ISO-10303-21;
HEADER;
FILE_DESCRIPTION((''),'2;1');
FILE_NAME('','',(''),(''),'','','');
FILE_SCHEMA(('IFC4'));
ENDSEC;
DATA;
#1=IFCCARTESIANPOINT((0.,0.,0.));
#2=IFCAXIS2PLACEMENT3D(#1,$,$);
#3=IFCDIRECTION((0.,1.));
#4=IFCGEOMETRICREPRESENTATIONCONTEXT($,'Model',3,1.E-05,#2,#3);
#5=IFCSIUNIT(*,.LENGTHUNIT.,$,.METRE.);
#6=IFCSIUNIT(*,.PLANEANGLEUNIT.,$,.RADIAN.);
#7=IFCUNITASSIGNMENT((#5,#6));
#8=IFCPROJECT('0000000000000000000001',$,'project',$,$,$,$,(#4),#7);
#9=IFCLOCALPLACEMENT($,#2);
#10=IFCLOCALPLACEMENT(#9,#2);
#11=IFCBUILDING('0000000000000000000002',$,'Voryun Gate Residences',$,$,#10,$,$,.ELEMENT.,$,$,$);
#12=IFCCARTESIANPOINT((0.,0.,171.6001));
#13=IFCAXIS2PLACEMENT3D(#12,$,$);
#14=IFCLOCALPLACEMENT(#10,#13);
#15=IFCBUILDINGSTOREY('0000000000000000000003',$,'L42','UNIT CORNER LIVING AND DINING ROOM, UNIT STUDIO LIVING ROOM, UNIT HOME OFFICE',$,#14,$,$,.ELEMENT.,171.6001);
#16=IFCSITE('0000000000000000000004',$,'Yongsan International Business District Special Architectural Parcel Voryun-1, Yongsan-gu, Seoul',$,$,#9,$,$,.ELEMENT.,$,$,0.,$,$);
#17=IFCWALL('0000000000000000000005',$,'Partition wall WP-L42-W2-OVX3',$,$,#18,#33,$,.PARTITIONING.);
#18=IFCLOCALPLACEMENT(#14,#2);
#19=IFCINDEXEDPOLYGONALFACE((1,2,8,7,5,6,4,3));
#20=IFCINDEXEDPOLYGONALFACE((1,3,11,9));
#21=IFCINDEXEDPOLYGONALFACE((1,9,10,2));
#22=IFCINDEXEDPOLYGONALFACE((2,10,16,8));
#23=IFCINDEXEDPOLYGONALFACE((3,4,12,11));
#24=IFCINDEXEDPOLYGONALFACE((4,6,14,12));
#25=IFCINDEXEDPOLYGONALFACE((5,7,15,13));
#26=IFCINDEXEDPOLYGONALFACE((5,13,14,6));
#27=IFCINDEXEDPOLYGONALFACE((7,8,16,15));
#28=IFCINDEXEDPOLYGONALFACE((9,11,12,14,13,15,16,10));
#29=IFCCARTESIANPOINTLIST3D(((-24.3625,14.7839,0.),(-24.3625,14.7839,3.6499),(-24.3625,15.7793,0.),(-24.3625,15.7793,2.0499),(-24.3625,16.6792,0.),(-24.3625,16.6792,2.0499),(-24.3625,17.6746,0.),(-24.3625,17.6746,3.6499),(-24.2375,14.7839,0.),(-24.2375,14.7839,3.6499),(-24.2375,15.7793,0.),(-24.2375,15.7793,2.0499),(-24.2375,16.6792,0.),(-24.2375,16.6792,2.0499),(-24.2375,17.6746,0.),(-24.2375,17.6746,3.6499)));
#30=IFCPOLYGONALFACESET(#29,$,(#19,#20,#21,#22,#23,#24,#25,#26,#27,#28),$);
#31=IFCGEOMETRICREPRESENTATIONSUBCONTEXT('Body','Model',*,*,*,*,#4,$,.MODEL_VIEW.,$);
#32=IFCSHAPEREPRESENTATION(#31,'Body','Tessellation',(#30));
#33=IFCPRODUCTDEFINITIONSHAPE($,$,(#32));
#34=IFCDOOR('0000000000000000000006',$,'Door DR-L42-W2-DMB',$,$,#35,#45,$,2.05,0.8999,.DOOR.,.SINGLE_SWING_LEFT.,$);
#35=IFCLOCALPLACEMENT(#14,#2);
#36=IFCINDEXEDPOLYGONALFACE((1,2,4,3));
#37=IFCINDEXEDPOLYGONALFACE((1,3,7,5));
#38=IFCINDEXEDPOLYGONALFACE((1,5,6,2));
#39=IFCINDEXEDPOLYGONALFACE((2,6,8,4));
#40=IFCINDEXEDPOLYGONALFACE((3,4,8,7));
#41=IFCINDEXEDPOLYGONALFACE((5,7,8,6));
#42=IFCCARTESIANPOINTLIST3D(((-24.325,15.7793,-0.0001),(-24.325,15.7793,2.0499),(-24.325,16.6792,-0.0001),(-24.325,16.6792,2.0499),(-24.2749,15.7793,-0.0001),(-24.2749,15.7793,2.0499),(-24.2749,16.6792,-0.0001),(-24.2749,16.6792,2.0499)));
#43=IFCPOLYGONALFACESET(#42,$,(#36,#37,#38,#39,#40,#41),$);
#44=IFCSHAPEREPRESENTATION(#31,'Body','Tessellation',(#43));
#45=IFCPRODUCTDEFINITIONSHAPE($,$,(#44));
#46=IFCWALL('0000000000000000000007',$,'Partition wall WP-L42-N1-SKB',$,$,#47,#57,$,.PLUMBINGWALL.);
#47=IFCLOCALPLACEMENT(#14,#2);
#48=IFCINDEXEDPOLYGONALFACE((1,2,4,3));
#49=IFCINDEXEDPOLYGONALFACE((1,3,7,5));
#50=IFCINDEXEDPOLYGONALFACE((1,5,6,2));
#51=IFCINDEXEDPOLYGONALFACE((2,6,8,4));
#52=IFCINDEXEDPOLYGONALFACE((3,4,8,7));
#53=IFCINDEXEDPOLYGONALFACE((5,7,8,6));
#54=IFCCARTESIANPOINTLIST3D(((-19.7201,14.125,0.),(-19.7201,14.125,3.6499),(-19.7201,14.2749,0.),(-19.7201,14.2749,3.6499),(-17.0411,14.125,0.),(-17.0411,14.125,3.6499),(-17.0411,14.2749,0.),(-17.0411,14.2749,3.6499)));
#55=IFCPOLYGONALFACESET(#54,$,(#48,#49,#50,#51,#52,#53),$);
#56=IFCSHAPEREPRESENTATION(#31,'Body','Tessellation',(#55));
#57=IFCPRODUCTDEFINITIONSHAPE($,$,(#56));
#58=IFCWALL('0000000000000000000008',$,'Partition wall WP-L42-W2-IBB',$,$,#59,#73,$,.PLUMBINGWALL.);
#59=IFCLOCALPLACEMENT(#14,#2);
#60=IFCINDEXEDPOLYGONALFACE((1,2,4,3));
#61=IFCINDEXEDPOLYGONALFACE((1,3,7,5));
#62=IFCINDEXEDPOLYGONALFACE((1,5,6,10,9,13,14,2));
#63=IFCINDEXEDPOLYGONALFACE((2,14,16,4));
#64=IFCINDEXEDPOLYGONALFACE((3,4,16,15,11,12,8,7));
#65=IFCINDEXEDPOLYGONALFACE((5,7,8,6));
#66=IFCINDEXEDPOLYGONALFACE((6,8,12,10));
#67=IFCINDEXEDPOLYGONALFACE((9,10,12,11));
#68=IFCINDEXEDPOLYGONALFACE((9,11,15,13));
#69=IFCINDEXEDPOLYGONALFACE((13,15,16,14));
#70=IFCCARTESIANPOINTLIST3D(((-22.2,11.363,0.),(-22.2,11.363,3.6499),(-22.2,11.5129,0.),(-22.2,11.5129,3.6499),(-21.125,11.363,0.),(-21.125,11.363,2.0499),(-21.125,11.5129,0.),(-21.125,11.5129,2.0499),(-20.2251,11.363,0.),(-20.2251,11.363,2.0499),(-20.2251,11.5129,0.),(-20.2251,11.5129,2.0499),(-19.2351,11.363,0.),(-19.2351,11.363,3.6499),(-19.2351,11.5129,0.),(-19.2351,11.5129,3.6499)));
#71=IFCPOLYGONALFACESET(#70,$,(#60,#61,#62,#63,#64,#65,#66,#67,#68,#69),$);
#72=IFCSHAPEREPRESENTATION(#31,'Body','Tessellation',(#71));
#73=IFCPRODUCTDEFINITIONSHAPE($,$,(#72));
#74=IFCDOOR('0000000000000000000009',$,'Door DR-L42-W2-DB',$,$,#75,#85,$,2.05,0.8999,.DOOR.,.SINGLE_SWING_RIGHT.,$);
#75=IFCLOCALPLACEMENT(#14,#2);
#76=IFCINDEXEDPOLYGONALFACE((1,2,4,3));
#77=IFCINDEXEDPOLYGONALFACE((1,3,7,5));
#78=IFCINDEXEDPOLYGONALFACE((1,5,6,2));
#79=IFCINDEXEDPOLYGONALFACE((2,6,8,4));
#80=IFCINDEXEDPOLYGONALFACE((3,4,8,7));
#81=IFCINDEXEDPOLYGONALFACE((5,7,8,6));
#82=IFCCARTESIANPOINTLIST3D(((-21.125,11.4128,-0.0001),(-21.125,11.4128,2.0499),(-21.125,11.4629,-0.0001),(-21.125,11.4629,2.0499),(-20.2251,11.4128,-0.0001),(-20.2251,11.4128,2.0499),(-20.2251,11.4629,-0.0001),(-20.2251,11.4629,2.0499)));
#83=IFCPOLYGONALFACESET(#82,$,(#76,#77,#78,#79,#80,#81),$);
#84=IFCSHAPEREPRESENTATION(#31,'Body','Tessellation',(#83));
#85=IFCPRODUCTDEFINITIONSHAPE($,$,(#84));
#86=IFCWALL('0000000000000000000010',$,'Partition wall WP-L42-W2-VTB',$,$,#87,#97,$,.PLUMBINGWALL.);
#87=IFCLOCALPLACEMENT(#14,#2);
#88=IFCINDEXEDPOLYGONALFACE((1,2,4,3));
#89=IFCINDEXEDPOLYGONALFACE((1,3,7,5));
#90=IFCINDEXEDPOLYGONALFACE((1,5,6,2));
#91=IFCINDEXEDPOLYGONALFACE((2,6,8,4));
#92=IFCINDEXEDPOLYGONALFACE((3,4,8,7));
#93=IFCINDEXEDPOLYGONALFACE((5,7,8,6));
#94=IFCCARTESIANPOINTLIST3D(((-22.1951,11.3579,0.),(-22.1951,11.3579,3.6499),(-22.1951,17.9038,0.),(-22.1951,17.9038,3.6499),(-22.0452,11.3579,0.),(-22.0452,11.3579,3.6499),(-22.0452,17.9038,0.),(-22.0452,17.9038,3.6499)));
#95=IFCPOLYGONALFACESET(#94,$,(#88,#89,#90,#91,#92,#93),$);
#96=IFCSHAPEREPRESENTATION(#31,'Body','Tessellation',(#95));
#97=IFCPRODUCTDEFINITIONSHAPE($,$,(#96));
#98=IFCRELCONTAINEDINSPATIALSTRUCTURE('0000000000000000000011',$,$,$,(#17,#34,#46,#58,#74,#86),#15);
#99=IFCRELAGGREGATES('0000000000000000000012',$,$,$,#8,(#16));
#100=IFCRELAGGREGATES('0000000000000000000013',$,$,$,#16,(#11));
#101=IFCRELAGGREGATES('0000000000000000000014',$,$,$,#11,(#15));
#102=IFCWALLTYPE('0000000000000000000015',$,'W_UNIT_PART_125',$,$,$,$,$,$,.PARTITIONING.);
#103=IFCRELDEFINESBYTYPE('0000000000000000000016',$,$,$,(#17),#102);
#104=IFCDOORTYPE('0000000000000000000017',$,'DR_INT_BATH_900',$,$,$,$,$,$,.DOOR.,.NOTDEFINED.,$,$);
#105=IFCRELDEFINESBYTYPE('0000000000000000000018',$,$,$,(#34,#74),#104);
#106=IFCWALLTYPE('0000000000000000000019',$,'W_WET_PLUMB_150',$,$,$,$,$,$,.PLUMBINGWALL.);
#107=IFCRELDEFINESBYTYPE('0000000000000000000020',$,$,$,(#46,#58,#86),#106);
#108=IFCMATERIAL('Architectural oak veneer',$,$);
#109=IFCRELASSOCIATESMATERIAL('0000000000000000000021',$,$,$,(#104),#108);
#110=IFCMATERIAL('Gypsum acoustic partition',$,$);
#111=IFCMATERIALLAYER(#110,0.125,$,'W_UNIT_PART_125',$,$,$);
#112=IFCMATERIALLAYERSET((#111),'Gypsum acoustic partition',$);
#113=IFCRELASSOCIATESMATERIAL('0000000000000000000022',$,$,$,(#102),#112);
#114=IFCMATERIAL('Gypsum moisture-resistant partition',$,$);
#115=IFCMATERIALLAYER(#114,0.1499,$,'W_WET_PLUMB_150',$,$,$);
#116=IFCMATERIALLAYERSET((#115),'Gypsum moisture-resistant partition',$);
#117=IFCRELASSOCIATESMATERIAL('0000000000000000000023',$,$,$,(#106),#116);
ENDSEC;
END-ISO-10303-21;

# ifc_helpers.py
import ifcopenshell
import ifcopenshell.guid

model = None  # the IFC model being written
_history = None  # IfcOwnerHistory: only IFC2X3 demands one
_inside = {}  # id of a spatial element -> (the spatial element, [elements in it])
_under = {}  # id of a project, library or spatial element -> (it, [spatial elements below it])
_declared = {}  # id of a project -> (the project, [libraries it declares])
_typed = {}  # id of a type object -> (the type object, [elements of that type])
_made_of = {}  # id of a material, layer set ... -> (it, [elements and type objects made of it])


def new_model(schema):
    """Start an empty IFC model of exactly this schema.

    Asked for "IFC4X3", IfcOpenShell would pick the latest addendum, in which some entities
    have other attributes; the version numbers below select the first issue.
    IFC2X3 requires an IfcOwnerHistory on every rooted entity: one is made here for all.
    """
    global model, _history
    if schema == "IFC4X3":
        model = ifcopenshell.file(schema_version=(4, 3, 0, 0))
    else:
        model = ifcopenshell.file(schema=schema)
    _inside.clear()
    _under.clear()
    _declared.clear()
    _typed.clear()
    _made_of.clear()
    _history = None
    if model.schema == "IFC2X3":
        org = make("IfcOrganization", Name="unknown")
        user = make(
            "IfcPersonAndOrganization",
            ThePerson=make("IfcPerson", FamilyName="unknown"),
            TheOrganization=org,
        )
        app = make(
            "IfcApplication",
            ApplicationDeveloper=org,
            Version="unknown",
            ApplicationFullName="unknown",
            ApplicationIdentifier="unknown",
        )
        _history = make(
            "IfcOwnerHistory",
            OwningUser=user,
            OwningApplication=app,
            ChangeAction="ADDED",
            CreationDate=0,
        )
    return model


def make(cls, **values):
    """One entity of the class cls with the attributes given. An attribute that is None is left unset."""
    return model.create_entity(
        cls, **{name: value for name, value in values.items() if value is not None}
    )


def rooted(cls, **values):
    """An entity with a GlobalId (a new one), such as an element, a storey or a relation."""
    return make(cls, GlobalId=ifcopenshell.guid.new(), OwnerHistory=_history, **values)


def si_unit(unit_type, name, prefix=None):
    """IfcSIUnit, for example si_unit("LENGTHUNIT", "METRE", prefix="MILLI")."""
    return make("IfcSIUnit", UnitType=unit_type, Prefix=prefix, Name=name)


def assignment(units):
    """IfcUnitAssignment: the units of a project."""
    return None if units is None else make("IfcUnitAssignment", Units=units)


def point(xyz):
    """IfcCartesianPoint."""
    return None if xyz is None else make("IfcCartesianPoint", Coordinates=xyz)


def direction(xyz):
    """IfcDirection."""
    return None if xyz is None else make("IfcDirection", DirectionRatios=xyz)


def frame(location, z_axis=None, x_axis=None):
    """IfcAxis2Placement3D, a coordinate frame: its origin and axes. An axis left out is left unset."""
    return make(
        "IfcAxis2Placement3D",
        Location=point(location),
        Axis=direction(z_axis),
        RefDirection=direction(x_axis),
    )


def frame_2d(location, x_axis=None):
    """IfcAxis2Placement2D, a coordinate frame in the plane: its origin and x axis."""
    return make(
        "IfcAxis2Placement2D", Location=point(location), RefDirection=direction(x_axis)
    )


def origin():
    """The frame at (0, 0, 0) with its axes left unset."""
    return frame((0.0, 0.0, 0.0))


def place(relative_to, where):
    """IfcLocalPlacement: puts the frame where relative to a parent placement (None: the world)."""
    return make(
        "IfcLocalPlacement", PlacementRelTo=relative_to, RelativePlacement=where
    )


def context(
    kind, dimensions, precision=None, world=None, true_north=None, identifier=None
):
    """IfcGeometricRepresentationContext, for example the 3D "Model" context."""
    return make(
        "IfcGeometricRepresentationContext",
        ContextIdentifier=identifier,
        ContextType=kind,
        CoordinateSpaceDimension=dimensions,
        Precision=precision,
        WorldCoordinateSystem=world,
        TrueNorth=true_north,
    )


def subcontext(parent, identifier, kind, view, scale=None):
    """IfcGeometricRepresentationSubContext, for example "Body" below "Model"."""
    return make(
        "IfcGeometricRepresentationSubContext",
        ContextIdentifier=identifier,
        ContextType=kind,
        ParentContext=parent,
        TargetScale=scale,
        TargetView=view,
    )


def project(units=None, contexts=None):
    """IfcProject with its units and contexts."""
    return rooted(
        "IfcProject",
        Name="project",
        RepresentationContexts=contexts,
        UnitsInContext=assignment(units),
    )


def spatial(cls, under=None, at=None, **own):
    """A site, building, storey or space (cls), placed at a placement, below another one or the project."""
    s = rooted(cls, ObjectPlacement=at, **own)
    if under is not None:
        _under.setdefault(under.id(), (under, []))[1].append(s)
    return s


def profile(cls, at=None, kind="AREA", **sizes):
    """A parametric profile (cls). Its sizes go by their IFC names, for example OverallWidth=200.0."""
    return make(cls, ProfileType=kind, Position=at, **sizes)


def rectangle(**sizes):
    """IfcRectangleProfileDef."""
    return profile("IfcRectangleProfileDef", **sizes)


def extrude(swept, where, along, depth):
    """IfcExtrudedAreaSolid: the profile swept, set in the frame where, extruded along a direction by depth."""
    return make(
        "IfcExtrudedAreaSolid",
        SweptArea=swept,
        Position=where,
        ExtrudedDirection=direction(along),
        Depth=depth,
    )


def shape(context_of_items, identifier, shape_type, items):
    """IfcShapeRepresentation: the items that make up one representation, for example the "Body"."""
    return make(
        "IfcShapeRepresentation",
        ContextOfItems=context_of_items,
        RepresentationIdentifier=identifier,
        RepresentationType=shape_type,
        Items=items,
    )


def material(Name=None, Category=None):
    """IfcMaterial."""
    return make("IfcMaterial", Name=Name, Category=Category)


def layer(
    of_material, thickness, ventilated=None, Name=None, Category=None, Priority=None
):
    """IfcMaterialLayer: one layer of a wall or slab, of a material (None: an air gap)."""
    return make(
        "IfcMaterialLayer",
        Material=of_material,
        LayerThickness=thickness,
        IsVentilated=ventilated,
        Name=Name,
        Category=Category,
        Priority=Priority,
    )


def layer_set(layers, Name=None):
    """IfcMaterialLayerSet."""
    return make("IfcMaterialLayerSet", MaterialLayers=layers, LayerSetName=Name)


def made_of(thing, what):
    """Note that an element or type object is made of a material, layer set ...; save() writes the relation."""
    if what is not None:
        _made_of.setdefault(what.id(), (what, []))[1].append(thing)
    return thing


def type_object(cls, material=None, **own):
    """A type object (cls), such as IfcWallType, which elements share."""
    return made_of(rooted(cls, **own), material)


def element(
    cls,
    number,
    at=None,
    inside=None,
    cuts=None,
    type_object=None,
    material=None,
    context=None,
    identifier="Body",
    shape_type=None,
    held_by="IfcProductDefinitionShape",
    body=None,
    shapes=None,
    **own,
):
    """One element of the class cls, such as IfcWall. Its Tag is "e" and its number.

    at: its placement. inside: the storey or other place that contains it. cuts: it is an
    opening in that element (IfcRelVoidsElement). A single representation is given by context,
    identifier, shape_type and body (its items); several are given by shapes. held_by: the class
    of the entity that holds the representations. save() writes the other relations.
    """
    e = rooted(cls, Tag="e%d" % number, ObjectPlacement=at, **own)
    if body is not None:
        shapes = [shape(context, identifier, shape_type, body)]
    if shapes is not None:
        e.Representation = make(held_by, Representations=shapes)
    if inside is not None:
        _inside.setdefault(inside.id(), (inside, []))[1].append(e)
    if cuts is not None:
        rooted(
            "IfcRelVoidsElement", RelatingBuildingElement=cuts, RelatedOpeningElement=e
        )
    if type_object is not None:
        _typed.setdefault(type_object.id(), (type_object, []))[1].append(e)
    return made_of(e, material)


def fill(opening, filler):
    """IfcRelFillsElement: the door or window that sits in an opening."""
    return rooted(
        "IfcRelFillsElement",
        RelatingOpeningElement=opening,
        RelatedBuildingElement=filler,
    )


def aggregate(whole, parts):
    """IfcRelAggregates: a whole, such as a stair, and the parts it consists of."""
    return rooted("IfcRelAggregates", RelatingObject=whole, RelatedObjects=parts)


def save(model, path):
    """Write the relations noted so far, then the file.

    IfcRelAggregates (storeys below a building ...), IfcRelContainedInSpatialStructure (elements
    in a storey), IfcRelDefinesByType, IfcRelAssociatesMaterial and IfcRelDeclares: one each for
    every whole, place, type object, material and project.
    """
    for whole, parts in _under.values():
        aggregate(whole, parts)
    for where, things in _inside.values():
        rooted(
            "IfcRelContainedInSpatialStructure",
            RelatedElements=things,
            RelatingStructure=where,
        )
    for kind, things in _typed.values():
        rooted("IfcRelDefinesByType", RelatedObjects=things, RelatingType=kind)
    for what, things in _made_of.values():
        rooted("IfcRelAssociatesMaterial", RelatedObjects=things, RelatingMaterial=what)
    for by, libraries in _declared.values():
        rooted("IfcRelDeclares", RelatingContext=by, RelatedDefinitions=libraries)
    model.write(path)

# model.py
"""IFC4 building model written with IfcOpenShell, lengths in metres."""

from ifc_helpers import new_model, si_unit, direction, frame, frame_2d, origin, place, context, subcontext, project, spatial, rectangle, extrude, material, layer, layer_set, type_object, element, fill, save


model = new_model("IFC4")

# Units and contexts
model_context = context("Model", 3, precision=1e-05, world=origin(), true_north=direction((0.0, 1.0)))
body_context = subcontext(model_context, "Body", "Model", "MODEL_VIEW")
ifc_project = project(units=[si_unit("LENGTHUNIT", "METRE"), si_unit("PLANEANGLEUNIT", "RADIAN")], contexts=[model_context])

# Site, building, storey
site_placement = place(None, origin())
site = spatial("IfcSite", under=ifc_project, at=site_placement, Name="Yongsan International Business District Special Architectural Parcel Voryun-1, Yongsan-gu, Seoul", CompositionType="ELEMENT", RefElevation=0.0)
building_placement = place(site_placement, origin())
building = spatial("IfcBuilding", under=site, at=building_placement, Name="Voryun Gate Residences", CompositionType="ELEMENT")
storey_placement = place(building_placement, frame((0.0, 0.0, 171.6001)))
storey = spatial("IfcBuildingStorey", under=building, at=storey_placement, Name="L42", Description="UNIT CORNER LIVING AND DINING ROOM, UNIT STUDIO LIVING ROOM, UNIT HOME OFFICE", CompositionType="ELEMENT", Elevation=171.6001)

# Shared definitions
ifc_material_1 = material(Name="Architectural oak veneer")
door_type_1 = type_object("IfcDoorType", Name="DR_INT_BATH_900", OperationType="NOTDEFINED", PredefinedType="DOOR", material=ifc_material_1)

# Wall, opening, door
ifc_material_2 = material(Name="Gypsum acoustic partition")
ifc_layer_1 = layer(ifc_material_2, 0.125, Name="W_UNIT_PART_125")
ifc_layer_set_1 = layer_set([ifc_layer_1], Name="Gypsum acoustic partition")
wall_type_1 = type_object("IfcWallType", Name="W_UNIT_PART_125", PredefinedType="PARTITIONING", material=ifc_layer_set_1)
wall_1_placement = place(storey_placement, frame((-24.3, 14.7839, 0.0), z_axis=(0.0, 0.0, 1.0), x_axis=(0.0, 1.0, 0.0)))
wall_1 = element("IfcWall", 1, at=wall_1_placement, inside=storey, type_object=wall_type_1, Name="Partition wall WP-L42-W2-OVX3", PredefinedType="PARTITIONING", context=body_context, shape_type="SweptSolid", body=[
    extrude(rectangle(XDim=2.8906, YDim=0.125, at=frame_2d((1.4453, 0.0))), origin(), (0.0, 0.0, 1.0), 3.6499),
])
opening_1_placement = place(wall_1_placement, frame((0.9954, 0.0, 0.0)))
opening_1 = element("IfcOpeningElement", 2, at=opening_1_placement, cuts=wall_1, PredefinedType="OPENING", context=body_context, shape_type="SweptSolid", body=[
    extrude(rectangle(XDim=0.8999, YDim=2.05, at=frame_2d((0.45, 1.0249))), frame((0.0, 0.0725, 0.0), z_axis=(0.0, -1.0, 0.0), x_axis=(1.0, 0.0, 0.0)), (0.0, 0.0, 1.0), 0.145),
])
door_1_placement = place(opening_1_placement, origin())
door_1 = element("IfcDoor", 3, at=door_1_placement, inside=storey, type_object=door_type_1, Name="Door DR-L42-W2-DMB", OperationType="SINGLE_SWING_LEFT", OverallHeight=2.05, OverallWidth=0.8999, PredefinedType="DOOR", context=body_context, shape_type="SweptSolid", body=[
    extrude(rectangle(XDim=0.8999, YDim=2.05, at=frame_2d((0.45, 1.0249))), frame((0.0, 0.0249, 0.0), z_axis=(0.0, -1.0, 0.0), x_axis=(1.0, 0.0, 0.0)), (0.0, 0.0, 1.0), 0.05),
])
fill(opening_1, door_1)

# Wall
ifc_material_3 = material(Name="Gypsum moisture-resistant partition")
ifc_layer_2 = layer(ifc_material_3, 0.1499, Name="W_WET_PLUMB_150")
ifc_layer_set_2 = layer_set([ifc_layer_2], Name="Gypsum moisture-resistant partition")
wall_type_2 = type_object("IfcWallType", Name="W_WET_PLUMB_150", PredefinedType="PLUMBINGWALL", material=ifc_layer_set_2)
wall_2_placement = place(storey_placement, frame((-19.72, 14.2, 0.0), z_axis=(0.0, 0.0, 1.0), x_axis=(1.0, 0.0, 0.0)))
element("IfcWall", 4, at=wall_2_placement, inside=storey, type_object=wall_type_2, Name="Partition wall WP-L42-N1-SKB", PredefinedType="PLUMBINGWALL", context=body_context, shape_type="SweptSolid", body=[
    extrude(rectangle(XDim=2.679, YDim=0.1499, at=frame_2d((1.3394, 0.0))), origin(), (0.0, 0.0, 1.0), 3.6499),
])

# Wall, opening, door
wall_3_placement = place(storey_placement, frame((-22.2, 11.438, 0.0), z_axis=(0.0, 0.0, 1.0), x_axis=(1.0, 0.0, 0.0)))
wall_3 = element("IfcWall", 5, at=wall_3_placement, inside=storey, type_object=wall_type_2, Name="Partition wall WP-L42-W2-IBB", PredefinedType="PLUMBINGWALL", context=body_context, shape_type="SweptSolid", body=[
    extrude(rectangle(XDim=2.9648, YDim=0.1499, at=frame_2d((1.4824, 0.0))), origin(), (0.0, 0.0, 1.0), 3.6499),
])
opening_2_placement = place(wall_3_placement, frame((1.075, 0.0, 0.0)))
opening_2 = element("IfcOpeningElement", 6, at=opening_2_placement, cuts=wall_3, PredefinedType="OPENING", context=body_context, shape_type="SweptSolid", body=[
    extrude(rectangle(XDim=0.8999, YDim=2.05, at=frame_2d((0.45, 1.0249))), frame((0.0, 0.085, 0.0), z_axis=(0.0, -1.0, 0.0), x_axis=(1.0, 0.0, 0.0)), (0.0, 0.0, 1.0), 0.1699),
])
door_2_placement = place(opening_2_placement, origin())
door_2 = element("IfcDoor", 7, at=door_2_placement, inside=storey, type_object=door_type_1, Name="Door DR-L42-W2-DB", OperationType="SINGLE_SWING_RIGHT", OverallHeight=2.05, OverallWidth=0.8999, PredefinedType="DOOR", context=body_context, shape_type="SweptSolid", body=[
    extrude(rectangle(XDim=0.8999, YDim=2.05, at=frame_2d((0.45, 1.0249))), frame((0.0, 0.0249, 0.0), z_axis=(0.0, -1.0, 0.0), x_axis=(1.0, 0.0, 0.0)), (0.0, 0.0, 1.0), 0.05),
])
fill(opening_2, door_2)

# Wall
wall_4_placement = place(storey_placement, frame((-22.1201, 11.3579, 0.0), z_axis=(0.0, 0.0, 1.0), x_axis=(0.0, 1.0, 0.0)))
element("IfcWall", 8, at=wall_4_placement, inside=storey, type_object=wall_type_2, Name="Partition wall WP-L42-W2-VTB", PredefinedType="PLUMBINGWALL", context=body_context, shape_type="SweptSolid", body=[
    extrude(rectangle(XDim=6.5459, YDim=0.1499, at=frame_2d((3.2729, 0.0))), origin(), (0.0, 0.0, 1.0), 3.6499),
])

save(model, "model.ifc")
